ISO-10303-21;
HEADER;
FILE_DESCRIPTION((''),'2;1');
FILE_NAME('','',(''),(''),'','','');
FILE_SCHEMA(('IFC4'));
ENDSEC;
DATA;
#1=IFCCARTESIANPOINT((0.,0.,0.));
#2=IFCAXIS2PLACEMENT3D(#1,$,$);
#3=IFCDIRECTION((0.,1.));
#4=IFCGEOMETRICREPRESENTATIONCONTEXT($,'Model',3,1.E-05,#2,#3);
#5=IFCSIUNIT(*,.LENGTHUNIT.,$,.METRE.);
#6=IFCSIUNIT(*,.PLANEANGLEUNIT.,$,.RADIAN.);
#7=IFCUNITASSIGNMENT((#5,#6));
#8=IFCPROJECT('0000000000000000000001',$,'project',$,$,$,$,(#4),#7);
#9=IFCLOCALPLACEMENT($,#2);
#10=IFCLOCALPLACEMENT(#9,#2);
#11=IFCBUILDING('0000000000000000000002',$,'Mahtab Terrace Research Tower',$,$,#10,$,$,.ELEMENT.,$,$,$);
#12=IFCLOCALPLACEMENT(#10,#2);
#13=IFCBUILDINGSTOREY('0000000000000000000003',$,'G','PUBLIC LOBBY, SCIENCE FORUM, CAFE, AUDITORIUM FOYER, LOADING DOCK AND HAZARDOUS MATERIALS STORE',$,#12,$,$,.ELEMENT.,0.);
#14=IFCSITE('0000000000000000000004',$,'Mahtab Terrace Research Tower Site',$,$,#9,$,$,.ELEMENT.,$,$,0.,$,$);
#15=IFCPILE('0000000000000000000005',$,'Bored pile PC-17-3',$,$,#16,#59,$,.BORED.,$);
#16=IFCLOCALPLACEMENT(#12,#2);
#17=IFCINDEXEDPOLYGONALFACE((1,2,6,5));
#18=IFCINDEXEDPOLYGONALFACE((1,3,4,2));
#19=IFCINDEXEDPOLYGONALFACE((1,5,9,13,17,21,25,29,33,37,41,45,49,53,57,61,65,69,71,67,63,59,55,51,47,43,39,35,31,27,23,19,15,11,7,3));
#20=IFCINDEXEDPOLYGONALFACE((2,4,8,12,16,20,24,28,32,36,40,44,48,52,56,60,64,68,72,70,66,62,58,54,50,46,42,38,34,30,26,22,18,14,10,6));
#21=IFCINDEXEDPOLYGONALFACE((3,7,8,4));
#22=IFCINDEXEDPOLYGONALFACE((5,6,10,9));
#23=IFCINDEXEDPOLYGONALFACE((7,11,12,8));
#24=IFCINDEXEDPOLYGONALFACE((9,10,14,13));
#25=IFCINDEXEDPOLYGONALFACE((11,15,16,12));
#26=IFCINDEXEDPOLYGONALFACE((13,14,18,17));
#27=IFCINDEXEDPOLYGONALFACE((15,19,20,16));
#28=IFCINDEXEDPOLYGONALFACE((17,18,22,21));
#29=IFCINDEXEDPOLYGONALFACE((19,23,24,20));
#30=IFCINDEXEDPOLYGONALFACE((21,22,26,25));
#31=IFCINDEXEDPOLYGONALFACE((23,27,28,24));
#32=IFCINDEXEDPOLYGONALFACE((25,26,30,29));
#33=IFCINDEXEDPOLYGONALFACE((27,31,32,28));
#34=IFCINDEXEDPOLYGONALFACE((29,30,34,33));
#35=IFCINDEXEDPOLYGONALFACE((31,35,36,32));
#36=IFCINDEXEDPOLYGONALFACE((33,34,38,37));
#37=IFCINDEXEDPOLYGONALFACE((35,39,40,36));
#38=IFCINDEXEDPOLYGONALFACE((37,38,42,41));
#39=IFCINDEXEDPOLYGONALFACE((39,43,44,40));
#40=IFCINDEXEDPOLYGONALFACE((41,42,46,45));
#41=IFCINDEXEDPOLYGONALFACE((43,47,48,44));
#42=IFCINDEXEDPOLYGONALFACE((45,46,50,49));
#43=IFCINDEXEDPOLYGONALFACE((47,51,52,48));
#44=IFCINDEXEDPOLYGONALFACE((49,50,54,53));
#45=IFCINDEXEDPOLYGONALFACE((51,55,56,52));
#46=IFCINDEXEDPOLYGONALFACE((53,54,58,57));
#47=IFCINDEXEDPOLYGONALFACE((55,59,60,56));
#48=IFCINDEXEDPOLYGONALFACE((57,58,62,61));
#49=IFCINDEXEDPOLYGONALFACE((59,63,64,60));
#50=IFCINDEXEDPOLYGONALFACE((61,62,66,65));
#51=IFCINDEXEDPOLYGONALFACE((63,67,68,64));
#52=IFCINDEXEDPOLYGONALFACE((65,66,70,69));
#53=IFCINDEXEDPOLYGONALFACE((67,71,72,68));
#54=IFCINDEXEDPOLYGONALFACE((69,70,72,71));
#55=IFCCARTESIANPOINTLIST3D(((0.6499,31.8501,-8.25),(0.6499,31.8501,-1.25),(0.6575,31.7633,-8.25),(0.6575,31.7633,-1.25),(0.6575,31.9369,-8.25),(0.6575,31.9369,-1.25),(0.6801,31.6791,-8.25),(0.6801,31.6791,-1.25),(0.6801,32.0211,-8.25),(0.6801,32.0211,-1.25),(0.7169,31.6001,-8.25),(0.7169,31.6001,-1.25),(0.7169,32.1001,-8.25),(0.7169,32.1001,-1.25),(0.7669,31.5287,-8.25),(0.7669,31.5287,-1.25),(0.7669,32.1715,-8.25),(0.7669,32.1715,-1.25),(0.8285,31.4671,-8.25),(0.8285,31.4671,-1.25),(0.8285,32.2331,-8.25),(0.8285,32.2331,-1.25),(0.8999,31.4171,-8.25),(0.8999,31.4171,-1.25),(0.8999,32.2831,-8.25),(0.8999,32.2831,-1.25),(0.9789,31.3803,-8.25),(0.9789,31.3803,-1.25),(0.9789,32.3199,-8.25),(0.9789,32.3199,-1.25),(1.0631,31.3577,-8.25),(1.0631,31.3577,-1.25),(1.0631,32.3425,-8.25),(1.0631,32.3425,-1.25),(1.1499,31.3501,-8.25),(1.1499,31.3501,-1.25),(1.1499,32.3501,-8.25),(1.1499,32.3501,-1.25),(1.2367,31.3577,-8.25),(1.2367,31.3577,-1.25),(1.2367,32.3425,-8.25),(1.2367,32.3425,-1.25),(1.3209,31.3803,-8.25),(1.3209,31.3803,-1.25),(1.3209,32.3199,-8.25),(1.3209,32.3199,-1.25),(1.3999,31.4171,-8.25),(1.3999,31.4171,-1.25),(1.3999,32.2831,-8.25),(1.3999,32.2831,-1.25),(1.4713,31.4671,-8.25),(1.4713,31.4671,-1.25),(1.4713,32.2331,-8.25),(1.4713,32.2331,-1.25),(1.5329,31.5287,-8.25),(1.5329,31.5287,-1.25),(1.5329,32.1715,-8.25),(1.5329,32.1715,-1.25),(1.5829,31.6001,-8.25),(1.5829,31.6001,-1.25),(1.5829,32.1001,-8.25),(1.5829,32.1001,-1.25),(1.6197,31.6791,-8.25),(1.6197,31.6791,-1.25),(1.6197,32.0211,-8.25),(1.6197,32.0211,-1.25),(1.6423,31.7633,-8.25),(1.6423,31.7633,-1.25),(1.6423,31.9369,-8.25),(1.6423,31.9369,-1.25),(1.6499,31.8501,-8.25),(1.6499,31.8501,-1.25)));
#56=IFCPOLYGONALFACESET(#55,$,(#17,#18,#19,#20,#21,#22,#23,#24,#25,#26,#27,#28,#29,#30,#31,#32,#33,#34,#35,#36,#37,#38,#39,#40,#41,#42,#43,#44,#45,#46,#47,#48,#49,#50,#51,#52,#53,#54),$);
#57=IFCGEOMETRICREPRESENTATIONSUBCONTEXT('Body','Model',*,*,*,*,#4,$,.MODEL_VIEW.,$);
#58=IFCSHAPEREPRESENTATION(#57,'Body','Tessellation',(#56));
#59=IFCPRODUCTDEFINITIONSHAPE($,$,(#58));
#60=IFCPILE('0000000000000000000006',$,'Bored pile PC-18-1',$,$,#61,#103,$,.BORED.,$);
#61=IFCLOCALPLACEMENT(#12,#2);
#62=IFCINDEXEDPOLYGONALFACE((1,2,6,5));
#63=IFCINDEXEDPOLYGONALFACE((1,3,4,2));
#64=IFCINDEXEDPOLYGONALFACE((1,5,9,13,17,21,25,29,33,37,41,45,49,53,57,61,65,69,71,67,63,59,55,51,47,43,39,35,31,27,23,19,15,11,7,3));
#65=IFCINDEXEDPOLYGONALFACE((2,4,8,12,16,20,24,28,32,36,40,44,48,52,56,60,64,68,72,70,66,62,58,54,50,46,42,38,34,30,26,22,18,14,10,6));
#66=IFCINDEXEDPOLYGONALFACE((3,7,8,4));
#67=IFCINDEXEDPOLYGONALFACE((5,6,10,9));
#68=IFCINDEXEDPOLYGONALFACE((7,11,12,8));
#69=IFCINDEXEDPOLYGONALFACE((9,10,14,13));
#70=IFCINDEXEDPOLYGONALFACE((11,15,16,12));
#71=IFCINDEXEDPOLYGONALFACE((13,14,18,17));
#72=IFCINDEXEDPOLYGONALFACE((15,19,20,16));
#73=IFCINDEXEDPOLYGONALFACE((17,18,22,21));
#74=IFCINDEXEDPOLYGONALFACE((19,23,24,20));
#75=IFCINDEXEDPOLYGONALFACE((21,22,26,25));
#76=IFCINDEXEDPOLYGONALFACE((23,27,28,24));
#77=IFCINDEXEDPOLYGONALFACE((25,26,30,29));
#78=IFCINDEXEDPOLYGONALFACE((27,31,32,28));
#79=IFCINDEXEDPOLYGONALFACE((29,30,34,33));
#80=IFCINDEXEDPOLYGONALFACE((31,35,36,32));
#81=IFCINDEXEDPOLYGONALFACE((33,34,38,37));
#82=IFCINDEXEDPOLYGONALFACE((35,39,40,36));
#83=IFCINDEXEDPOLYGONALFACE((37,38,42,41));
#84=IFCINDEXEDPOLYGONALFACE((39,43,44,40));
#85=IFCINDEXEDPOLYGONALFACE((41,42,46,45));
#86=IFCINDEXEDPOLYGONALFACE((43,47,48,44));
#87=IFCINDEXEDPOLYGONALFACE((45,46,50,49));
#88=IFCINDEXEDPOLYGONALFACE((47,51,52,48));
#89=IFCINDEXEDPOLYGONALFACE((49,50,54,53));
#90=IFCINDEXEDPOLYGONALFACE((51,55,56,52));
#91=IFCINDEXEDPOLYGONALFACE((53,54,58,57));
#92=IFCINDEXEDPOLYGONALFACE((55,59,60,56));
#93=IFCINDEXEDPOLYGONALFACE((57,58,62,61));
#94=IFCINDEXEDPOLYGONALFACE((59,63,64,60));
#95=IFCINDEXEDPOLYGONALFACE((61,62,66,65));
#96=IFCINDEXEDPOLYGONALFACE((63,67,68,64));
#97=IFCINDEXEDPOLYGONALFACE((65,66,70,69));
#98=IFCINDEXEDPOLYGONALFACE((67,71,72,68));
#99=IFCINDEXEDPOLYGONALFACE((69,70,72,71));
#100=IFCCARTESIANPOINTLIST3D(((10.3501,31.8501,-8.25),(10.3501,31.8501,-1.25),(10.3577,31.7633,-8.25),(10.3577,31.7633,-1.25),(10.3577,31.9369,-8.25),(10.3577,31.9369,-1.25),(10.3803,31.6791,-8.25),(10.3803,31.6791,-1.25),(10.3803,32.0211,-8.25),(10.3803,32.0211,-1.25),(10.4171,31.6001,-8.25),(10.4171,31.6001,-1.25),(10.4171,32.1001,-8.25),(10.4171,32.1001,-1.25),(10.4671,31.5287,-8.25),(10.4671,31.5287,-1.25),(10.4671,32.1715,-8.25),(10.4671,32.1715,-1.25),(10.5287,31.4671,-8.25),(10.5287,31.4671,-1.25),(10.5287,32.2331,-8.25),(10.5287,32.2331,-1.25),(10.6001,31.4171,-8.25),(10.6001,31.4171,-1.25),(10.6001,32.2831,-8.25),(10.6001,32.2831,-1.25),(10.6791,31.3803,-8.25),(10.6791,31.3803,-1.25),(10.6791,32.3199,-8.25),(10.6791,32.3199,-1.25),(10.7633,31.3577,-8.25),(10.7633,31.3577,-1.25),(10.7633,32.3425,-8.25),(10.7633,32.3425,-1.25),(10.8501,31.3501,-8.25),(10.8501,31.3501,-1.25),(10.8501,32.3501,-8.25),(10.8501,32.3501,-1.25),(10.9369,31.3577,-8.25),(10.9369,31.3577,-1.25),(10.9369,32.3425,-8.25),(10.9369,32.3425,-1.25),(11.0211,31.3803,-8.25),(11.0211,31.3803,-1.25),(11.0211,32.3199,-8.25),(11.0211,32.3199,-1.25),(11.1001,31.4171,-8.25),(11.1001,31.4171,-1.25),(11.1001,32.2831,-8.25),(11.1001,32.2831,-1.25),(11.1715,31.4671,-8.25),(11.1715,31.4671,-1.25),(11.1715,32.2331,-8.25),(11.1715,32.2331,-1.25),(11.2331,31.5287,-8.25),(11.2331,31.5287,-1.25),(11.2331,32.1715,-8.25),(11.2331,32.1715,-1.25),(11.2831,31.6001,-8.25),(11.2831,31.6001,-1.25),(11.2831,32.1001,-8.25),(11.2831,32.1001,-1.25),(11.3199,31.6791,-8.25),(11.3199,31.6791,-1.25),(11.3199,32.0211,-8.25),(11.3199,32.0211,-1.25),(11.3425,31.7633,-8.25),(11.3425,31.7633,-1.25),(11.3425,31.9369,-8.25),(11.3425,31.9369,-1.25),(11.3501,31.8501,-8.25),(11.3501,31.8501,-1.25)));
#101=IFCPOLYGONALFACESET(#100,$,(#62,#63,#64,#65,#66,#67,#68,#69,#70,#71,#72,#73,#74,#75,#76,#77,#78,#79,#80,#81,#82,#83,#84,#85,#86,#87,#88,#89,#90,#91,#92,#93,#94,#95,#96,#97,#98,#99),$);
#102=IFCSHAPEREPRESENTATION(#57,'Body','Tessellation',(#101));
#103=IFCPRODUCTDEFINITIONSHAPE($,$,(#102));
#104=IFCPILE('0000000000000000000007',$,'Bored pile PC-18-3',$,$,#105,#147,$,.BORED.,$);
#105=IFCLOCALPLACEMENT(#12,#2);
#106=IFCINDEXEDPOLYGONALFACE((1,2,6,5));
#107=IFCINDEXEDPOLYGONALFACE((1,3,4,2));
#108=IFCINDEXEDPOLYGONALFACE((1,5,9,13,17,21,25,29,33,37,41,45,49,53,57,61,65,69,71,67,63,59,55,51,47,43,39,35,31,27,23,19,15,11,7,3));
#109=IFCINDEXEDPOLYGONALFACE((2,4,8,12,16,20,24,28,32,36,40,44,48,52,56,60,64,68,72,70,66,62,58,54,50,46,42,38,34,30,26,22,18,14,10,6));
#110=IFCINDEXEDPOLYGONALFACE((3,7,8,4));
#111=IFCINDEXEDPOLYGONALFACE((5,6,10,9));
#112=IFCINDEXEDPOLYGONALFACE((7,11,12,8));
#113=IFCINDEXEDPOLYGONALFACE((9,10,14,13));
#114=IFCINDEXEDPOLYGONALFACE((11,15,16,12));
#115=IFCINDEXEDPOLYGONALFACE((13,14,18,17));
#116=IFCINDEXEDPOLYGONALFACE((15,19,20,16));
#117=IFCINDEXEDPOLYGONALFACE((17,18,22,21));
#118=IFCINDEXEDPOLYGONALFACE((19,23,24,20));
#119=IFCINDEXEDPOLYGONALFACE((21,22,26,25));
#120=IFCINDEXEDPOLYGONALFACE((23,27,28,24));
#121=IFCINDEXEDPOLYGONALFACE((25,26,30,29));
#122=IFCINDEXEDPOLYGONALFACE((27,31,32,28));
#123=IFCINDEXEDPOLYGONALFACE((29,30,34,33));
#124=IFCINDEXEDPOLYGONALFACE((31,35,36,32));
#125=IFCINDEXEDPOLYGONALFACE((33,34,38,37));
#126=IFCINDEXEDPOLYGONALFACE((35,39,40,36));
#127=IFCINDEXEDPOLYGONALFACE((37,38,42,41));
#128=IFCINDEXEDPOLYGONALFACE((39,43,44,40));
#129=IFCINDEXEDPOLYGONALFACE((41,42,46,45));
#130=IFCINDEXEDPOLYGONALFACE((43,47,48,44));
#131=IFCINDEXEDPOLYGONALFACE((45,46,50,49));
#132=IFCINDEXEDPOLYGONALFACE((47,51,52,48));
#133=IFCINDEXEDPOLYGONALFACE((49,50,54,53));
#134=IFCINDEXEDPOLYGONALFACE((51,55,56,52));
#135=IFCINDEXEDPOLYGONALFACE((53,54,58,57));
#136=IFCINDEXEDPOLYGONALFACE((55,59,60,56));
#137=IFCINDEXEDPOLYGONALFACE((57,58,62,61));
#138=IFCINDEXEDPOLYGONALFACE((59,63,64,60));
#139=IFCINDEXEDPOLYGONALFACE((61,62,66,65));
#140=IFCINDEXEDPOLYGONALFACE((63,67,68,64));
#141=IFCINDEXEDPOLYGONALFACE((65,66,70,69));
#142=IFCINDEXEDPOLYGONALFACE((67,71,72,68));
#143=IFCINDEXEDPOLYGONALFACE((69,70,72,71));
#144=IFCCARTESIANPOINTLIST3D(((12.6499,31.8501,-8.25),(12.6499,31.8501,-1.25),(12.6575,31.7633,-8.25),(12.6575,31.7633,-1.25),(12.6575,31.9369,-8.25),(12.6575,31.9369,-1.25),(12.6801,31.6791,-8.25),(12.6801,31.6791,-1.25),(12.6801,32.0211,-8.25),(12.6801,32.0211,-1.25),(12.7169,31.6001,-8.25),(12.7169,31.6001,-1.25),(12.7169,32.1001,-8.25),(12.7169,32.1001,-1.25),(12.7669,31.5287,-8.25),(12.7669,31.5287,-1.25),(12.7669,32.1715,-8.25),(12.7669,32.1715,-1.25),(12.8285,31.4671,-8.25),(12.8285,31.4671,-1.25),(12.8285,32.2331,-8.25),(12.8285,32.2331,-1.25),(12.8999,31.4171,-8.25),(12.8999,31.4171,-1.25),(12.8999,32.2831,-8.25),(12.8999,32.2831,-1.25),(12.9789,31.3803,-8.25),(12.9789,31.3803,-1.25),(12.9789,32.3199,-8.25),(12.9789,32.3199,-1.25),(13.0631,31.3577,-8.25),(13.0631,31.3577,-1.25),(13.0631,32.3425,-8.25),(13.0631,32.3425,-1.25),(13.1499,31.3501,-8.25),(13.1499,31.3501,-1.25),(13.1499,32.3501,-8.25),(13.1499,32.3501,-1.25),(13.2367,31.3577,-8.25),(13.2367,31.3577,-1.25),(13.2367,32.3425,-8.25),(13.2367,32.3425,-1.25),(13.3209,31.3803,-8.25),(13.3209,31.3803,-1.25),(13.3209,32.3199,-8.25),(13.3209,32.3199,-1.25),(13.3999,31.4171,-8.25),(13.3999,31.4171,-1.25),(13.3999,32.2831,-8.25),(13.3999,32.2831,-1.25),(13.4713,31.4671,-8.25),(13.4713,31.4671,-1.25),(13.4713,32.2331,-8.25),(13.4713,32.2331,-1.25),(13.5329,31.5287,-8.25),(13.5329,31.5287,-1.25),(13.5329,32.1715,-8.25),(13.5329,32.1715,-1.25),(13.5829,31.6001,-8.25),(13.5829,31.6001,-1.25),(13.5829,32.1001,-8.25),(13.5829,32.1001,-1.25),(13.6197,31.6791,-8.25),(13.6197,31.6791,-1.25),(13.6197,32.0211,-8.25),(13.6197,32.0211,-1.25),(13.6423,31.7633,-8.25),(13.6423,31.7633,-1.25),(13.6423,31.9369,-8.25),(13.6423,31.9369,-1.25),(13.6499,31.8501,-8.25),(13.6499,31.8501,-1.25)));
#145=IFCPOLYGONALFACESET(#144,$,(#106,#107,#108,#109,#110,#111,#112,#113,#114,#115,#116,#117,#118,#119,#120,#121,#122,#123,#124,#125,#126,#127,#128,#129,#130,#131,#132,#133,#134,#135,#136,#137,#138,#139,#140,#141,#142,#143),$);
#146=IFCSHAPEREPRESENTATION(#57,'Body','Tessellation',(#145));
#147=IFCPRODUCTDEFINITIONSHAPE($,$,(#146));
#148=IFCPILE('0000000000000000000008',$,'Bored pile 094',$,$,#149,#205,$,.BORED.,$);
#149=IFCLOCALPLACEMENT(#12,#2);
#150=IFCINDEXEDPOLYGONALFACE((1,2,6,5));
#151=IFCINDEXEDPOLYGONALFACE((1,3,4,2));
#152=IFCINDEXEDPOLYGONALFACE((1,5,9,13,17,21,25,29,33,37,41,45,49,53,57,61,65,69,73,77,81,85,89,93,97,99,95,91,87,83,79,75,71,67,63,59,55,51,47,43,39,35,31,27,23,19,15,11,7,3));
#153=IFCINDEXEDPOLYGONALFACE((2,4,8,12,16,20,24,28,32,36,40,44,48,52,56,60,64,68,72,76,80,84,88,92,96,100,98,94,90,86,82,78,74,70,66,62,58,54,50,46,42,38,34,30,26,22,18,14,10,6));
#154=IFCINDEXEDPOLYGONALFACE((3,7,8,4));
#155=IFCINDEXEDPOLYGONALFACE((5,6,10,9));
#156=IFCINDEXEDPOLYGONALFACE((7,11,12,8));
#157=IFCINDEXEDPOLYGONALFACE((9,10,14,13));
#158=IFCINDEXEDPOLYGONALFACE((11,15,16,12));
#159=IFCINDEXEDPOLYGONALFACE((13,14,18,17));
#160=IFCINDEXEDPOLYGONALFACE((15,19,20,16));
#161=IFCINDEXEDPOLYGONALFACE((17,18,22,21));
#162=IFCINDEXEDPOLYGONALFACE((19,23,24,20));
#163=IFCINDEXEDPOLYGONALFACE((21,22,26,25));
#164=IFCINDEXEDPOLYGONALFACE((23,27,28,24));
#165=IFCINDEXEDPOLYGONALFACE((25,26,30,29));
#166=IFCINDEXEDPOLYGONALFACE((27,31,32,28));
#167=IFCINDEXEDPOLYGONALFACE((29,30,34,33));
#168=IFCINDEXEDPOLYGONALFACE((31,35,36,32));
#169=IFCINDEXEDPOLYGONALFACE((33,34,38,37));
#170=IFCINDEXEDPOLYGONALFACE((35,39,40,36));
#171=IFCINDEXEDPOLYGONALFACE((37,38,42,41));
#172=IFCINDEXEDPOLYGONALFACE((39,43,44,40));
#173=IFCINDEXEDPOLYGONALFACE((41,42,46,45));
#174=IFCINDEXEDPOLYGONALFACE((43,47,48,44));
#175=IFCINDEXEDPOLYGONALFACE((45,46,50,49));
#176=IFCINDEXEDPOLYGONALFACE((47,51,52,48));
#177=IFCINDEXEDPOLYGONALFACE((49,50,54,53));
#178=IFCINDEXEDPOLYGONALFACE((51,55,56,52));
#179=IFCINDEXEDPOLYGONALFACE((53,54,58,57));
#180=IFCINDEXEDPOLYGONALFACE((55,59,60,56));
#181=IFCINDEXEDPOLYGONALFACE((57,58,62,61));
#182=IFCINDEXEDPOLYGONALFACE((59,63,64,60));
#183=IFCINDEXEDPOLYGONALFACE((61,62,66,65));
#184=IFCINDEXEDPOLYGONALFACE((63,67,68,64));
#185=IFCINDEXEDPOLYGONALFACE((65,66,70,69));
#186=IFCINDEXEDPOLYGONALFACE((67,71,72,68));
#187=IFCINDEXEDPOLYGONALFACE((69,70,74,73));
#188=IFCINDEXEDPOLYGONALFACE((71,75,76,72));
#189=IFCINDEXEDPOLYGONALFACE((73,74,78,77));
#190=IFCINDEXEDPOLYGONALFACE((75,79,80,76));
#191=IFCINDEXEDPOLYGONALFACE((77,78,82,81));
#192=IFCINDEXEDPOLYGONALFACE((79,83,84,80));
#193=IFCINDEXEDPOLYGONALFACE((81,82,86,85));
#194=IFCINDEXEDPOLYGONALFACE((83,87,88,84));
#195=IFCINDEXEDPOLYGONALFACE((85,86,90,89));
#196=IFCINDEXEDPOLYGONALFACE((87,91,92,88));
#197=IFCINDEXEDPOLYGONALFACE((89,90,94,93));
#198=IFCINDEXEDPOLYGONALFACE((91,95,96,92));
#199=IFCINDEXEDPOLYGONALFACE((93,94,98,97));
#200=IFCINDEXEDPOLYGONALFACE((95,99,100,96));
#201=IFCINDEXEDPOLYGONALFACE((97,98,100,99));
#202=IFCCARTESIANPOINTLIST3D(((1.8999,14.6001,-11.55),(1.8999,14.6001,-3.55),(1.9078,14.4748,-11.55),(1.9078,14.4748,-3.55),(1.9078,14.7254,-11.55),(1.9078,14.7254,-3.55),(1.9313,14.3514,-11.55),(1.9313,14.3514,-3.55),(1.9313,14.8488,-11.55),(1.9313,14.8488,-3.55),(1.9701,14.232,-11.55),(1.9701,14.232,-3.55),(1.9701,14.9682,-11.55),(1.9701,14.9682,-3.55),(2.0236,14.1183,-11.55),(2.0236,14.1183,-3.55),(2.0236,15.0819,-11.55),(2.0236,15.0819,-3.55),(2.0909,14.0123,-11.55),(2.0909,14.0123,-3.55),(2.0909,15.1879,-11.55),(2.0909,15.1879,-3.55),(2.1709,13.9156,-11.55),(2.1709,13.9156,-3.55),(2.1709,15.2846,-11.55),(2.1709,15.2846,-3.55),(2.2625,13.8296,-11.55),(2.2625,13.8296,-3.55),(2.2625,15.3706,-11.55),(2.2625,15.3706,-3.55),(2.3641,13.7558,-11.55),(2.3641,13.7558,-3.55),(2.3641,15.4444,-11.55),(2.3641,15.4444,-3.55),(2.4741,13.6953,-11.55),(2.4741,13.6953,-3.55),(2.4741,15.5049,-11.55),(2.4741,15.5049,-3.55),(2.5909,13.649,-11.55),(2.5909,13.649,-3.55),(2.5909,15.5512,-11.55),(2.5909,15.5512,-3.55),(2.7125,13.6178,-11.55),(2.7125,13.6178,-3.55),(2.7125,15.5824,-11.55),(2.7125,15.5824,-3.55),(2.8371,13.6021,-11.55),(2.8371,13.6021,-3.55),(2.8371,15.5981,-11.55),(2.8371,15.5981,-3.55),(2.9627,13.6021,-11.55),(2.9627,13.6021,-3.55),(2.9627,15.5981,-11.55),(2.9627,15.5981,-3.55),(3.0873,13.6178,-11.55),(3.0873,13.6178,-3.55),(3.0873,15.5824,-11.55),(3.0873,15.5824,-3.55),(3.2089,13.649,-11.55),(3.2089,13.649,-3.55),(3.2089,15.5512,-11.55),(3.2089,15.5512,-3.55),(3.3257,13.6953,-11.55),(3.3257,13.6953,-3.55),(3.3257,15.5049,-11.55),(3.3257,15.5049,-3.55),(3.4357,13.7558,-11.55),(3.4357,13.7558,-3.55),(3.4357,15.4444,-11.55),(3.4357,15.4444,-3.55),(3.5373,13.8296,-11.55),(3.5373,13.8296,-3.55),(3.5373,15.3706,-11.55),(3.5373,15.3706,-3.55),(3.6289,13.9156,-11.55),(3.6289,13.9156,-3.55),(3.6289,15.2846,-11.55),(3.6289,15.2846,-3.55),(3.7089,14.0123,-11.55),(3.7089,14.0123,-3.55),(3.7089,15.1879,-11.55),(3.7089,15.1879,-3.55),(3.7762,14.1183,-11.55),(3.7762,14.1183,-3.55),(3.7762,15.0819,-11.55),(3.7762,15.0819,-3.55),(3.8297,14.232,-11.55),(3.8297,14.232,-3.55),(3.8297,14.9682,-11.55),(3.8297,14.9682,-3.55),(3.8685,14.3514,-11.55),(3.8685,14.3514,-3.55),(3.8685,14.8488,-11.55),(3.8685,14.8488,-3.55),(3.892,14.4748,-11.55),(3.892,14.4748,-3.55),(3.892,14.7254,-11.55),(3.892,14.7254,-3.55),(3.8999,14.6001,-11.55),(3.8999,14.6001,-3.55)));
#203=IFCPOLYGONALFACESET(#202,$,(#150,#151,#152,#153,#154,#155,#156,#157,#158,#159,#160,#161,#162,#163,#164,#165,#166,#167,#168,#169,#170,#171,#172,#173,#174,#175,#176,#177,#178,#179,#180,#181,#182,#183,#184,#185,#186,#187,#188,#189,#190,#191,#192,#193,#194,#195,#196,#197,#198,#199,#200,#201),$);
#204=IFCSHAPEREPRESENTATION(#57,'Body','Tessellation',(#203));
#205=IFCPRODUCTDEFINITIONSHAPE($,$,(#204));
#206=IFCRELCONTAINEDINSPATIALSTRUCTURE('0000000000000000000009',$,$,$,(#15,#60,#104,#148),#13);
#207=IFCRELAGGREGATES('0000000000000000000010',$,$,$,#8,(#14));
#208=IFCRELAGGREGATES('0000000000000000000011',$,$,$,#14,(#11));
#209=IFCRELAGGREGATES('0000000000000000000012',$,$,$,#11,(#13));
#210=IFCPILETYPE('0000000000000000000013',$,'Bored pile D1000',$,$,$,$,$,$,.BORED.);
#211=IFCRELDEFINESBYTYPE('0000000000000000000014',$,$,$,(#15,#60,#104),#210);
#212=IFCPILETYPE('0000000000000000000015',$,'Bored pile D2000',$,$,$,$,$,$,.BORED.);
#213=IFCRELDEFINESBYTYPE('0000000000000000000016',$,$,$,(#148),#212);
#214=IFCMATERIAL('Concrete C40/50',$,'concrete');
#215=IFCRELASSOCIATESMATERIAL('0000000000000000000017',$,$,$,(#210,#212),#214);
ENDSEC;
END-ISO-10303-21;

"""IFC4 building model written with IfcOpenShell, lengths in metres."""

from ifc_helpers import new_model, si_unit, direction, frame, origin, origin_2d, place, context, subcontext, project, spatial, circle, extrude, material, material_profile, profile_set, type_object, element, save


model = new_model("IFC4")

# Units and contexts
model_context = context("Model", 3, precision=1e-05, world=origin(), true_north=direction((0.0, 1.0)))
body_context = subcontext(model_context, "Body", "Model", "MODEL_VIEW")
ifc_project = project(units=[si_unit("LENGTHUNIT", "METRE"), si_unit("PLANEANGLEUNIT", "RADIAN")], contexts=[model_context])

# Site, building, storey
site_placement = place(None, origin())
site = spatial("IfcSite", under=ifc_project, at=site_placement, Name="Mahtab Terrace Research Tower Site", CompositionType="ELEMENT", RefElevation=0.0)
building_placement = place(site_placement, origin())
building = spatial("IfcBuilding", under=site, at=building_placement, Name="Mahtab Terrace Research Tower", CompositionType="ELEMENT")
storey_placement = place(building_placement, origin())
storey = spatial("IfcBuildingStorey", under=building, at=storey_placement, Name="G", Description="PUBLIC LOBBY, SCIENCE FORUM, CAFE, AUDITORIUM FOYER, LOADING DOCK AND HAZARDOUS MATERIALS STORE", CompositionType="ELEMENT", Elevation=0.0)

# Piles
ifc_material_1 = material(Name="Concrete C40/50", Category="concrete")
ifc_material_profile_1 = material_profile(ifc_material_1, circle(Radius=0.5, at=origin_2d()), Name="Bored pile D1000")
ifc_profile_set_1 = profile_set([ifc_material_profile_1], Name="Concrete C40/50")
pile_type_1 = type_object("IfcPileType", Name="Bored pile D1000", PredefinedType="BORED", material=ifc_profile_set_1)
for number, where, z_axis, x_axis, name in (
    (1, (1.1499, 31.8501, -1.25), (0.0, 0.0, -1.0), (1.0, 0.0, 0.0), "Bored pile PC-17-3"),
    (2, (10.8501, 31.8501, -1.25), (0.0, 0.0, -1.0), (1.0, 0.0, 0.0), "Bored pile PC-18-1"),
    (3, (13.1499, 31.8501, -1.25), (0.0, 0.0, -1.0), (1.0, 0.0, 0.0), "Bored pile PC-18-3"),
):
    element("IfcPile", number, at=place(storey_placement, frame(where, z_axis=z_axis, x_axis=x_axis)), inside=storey, type_object=pile_type_1, Name=name, PredefinedType="BORED", context=body_context, shape_type="SweptSolid", body=[
        extrude(circle(Radius=0.5, at=origin_2d()), origin(), (0.0, 0.0, 1.0), 7.0),
    ])
ifc_material_profile_2 = material_profile(ifc_material_1, circle(Radius=1.0, at=origin_2d()), Name="Bored pile D2000")
ifc_profile_set_2 = profile_set([ifc_material_profile_2], Name="Concrete C40/50")
pile_type_2 = type_object("IfcPileType", Name="Bored pile D2000", PredefinedType="BORED", material=ifc_profile_set_2)
for number, where, z_axis, x_axis, name in (
    (4, (2.8999, 14.6001, -3.55), (0.0, 0.0, -1.0), (1.0, 0.0, 0.0), "Bored pile 094"),
):
    element("IfcPile", number, at=place(storey_placement, frame(where, z_axis=z_axis, x_axis=x_axis)), inside=storey, type_object=pile_type_2, Name=name, PredefinedType="BORED", context=body_context, shape_type="SweptSolid", body=[
        extrude(circle(Radius=1.0, at=origin_2d()), origin(), (0.0, 0.0, 1.0), 8.0),
    ])

save(model, "model.ifc")
